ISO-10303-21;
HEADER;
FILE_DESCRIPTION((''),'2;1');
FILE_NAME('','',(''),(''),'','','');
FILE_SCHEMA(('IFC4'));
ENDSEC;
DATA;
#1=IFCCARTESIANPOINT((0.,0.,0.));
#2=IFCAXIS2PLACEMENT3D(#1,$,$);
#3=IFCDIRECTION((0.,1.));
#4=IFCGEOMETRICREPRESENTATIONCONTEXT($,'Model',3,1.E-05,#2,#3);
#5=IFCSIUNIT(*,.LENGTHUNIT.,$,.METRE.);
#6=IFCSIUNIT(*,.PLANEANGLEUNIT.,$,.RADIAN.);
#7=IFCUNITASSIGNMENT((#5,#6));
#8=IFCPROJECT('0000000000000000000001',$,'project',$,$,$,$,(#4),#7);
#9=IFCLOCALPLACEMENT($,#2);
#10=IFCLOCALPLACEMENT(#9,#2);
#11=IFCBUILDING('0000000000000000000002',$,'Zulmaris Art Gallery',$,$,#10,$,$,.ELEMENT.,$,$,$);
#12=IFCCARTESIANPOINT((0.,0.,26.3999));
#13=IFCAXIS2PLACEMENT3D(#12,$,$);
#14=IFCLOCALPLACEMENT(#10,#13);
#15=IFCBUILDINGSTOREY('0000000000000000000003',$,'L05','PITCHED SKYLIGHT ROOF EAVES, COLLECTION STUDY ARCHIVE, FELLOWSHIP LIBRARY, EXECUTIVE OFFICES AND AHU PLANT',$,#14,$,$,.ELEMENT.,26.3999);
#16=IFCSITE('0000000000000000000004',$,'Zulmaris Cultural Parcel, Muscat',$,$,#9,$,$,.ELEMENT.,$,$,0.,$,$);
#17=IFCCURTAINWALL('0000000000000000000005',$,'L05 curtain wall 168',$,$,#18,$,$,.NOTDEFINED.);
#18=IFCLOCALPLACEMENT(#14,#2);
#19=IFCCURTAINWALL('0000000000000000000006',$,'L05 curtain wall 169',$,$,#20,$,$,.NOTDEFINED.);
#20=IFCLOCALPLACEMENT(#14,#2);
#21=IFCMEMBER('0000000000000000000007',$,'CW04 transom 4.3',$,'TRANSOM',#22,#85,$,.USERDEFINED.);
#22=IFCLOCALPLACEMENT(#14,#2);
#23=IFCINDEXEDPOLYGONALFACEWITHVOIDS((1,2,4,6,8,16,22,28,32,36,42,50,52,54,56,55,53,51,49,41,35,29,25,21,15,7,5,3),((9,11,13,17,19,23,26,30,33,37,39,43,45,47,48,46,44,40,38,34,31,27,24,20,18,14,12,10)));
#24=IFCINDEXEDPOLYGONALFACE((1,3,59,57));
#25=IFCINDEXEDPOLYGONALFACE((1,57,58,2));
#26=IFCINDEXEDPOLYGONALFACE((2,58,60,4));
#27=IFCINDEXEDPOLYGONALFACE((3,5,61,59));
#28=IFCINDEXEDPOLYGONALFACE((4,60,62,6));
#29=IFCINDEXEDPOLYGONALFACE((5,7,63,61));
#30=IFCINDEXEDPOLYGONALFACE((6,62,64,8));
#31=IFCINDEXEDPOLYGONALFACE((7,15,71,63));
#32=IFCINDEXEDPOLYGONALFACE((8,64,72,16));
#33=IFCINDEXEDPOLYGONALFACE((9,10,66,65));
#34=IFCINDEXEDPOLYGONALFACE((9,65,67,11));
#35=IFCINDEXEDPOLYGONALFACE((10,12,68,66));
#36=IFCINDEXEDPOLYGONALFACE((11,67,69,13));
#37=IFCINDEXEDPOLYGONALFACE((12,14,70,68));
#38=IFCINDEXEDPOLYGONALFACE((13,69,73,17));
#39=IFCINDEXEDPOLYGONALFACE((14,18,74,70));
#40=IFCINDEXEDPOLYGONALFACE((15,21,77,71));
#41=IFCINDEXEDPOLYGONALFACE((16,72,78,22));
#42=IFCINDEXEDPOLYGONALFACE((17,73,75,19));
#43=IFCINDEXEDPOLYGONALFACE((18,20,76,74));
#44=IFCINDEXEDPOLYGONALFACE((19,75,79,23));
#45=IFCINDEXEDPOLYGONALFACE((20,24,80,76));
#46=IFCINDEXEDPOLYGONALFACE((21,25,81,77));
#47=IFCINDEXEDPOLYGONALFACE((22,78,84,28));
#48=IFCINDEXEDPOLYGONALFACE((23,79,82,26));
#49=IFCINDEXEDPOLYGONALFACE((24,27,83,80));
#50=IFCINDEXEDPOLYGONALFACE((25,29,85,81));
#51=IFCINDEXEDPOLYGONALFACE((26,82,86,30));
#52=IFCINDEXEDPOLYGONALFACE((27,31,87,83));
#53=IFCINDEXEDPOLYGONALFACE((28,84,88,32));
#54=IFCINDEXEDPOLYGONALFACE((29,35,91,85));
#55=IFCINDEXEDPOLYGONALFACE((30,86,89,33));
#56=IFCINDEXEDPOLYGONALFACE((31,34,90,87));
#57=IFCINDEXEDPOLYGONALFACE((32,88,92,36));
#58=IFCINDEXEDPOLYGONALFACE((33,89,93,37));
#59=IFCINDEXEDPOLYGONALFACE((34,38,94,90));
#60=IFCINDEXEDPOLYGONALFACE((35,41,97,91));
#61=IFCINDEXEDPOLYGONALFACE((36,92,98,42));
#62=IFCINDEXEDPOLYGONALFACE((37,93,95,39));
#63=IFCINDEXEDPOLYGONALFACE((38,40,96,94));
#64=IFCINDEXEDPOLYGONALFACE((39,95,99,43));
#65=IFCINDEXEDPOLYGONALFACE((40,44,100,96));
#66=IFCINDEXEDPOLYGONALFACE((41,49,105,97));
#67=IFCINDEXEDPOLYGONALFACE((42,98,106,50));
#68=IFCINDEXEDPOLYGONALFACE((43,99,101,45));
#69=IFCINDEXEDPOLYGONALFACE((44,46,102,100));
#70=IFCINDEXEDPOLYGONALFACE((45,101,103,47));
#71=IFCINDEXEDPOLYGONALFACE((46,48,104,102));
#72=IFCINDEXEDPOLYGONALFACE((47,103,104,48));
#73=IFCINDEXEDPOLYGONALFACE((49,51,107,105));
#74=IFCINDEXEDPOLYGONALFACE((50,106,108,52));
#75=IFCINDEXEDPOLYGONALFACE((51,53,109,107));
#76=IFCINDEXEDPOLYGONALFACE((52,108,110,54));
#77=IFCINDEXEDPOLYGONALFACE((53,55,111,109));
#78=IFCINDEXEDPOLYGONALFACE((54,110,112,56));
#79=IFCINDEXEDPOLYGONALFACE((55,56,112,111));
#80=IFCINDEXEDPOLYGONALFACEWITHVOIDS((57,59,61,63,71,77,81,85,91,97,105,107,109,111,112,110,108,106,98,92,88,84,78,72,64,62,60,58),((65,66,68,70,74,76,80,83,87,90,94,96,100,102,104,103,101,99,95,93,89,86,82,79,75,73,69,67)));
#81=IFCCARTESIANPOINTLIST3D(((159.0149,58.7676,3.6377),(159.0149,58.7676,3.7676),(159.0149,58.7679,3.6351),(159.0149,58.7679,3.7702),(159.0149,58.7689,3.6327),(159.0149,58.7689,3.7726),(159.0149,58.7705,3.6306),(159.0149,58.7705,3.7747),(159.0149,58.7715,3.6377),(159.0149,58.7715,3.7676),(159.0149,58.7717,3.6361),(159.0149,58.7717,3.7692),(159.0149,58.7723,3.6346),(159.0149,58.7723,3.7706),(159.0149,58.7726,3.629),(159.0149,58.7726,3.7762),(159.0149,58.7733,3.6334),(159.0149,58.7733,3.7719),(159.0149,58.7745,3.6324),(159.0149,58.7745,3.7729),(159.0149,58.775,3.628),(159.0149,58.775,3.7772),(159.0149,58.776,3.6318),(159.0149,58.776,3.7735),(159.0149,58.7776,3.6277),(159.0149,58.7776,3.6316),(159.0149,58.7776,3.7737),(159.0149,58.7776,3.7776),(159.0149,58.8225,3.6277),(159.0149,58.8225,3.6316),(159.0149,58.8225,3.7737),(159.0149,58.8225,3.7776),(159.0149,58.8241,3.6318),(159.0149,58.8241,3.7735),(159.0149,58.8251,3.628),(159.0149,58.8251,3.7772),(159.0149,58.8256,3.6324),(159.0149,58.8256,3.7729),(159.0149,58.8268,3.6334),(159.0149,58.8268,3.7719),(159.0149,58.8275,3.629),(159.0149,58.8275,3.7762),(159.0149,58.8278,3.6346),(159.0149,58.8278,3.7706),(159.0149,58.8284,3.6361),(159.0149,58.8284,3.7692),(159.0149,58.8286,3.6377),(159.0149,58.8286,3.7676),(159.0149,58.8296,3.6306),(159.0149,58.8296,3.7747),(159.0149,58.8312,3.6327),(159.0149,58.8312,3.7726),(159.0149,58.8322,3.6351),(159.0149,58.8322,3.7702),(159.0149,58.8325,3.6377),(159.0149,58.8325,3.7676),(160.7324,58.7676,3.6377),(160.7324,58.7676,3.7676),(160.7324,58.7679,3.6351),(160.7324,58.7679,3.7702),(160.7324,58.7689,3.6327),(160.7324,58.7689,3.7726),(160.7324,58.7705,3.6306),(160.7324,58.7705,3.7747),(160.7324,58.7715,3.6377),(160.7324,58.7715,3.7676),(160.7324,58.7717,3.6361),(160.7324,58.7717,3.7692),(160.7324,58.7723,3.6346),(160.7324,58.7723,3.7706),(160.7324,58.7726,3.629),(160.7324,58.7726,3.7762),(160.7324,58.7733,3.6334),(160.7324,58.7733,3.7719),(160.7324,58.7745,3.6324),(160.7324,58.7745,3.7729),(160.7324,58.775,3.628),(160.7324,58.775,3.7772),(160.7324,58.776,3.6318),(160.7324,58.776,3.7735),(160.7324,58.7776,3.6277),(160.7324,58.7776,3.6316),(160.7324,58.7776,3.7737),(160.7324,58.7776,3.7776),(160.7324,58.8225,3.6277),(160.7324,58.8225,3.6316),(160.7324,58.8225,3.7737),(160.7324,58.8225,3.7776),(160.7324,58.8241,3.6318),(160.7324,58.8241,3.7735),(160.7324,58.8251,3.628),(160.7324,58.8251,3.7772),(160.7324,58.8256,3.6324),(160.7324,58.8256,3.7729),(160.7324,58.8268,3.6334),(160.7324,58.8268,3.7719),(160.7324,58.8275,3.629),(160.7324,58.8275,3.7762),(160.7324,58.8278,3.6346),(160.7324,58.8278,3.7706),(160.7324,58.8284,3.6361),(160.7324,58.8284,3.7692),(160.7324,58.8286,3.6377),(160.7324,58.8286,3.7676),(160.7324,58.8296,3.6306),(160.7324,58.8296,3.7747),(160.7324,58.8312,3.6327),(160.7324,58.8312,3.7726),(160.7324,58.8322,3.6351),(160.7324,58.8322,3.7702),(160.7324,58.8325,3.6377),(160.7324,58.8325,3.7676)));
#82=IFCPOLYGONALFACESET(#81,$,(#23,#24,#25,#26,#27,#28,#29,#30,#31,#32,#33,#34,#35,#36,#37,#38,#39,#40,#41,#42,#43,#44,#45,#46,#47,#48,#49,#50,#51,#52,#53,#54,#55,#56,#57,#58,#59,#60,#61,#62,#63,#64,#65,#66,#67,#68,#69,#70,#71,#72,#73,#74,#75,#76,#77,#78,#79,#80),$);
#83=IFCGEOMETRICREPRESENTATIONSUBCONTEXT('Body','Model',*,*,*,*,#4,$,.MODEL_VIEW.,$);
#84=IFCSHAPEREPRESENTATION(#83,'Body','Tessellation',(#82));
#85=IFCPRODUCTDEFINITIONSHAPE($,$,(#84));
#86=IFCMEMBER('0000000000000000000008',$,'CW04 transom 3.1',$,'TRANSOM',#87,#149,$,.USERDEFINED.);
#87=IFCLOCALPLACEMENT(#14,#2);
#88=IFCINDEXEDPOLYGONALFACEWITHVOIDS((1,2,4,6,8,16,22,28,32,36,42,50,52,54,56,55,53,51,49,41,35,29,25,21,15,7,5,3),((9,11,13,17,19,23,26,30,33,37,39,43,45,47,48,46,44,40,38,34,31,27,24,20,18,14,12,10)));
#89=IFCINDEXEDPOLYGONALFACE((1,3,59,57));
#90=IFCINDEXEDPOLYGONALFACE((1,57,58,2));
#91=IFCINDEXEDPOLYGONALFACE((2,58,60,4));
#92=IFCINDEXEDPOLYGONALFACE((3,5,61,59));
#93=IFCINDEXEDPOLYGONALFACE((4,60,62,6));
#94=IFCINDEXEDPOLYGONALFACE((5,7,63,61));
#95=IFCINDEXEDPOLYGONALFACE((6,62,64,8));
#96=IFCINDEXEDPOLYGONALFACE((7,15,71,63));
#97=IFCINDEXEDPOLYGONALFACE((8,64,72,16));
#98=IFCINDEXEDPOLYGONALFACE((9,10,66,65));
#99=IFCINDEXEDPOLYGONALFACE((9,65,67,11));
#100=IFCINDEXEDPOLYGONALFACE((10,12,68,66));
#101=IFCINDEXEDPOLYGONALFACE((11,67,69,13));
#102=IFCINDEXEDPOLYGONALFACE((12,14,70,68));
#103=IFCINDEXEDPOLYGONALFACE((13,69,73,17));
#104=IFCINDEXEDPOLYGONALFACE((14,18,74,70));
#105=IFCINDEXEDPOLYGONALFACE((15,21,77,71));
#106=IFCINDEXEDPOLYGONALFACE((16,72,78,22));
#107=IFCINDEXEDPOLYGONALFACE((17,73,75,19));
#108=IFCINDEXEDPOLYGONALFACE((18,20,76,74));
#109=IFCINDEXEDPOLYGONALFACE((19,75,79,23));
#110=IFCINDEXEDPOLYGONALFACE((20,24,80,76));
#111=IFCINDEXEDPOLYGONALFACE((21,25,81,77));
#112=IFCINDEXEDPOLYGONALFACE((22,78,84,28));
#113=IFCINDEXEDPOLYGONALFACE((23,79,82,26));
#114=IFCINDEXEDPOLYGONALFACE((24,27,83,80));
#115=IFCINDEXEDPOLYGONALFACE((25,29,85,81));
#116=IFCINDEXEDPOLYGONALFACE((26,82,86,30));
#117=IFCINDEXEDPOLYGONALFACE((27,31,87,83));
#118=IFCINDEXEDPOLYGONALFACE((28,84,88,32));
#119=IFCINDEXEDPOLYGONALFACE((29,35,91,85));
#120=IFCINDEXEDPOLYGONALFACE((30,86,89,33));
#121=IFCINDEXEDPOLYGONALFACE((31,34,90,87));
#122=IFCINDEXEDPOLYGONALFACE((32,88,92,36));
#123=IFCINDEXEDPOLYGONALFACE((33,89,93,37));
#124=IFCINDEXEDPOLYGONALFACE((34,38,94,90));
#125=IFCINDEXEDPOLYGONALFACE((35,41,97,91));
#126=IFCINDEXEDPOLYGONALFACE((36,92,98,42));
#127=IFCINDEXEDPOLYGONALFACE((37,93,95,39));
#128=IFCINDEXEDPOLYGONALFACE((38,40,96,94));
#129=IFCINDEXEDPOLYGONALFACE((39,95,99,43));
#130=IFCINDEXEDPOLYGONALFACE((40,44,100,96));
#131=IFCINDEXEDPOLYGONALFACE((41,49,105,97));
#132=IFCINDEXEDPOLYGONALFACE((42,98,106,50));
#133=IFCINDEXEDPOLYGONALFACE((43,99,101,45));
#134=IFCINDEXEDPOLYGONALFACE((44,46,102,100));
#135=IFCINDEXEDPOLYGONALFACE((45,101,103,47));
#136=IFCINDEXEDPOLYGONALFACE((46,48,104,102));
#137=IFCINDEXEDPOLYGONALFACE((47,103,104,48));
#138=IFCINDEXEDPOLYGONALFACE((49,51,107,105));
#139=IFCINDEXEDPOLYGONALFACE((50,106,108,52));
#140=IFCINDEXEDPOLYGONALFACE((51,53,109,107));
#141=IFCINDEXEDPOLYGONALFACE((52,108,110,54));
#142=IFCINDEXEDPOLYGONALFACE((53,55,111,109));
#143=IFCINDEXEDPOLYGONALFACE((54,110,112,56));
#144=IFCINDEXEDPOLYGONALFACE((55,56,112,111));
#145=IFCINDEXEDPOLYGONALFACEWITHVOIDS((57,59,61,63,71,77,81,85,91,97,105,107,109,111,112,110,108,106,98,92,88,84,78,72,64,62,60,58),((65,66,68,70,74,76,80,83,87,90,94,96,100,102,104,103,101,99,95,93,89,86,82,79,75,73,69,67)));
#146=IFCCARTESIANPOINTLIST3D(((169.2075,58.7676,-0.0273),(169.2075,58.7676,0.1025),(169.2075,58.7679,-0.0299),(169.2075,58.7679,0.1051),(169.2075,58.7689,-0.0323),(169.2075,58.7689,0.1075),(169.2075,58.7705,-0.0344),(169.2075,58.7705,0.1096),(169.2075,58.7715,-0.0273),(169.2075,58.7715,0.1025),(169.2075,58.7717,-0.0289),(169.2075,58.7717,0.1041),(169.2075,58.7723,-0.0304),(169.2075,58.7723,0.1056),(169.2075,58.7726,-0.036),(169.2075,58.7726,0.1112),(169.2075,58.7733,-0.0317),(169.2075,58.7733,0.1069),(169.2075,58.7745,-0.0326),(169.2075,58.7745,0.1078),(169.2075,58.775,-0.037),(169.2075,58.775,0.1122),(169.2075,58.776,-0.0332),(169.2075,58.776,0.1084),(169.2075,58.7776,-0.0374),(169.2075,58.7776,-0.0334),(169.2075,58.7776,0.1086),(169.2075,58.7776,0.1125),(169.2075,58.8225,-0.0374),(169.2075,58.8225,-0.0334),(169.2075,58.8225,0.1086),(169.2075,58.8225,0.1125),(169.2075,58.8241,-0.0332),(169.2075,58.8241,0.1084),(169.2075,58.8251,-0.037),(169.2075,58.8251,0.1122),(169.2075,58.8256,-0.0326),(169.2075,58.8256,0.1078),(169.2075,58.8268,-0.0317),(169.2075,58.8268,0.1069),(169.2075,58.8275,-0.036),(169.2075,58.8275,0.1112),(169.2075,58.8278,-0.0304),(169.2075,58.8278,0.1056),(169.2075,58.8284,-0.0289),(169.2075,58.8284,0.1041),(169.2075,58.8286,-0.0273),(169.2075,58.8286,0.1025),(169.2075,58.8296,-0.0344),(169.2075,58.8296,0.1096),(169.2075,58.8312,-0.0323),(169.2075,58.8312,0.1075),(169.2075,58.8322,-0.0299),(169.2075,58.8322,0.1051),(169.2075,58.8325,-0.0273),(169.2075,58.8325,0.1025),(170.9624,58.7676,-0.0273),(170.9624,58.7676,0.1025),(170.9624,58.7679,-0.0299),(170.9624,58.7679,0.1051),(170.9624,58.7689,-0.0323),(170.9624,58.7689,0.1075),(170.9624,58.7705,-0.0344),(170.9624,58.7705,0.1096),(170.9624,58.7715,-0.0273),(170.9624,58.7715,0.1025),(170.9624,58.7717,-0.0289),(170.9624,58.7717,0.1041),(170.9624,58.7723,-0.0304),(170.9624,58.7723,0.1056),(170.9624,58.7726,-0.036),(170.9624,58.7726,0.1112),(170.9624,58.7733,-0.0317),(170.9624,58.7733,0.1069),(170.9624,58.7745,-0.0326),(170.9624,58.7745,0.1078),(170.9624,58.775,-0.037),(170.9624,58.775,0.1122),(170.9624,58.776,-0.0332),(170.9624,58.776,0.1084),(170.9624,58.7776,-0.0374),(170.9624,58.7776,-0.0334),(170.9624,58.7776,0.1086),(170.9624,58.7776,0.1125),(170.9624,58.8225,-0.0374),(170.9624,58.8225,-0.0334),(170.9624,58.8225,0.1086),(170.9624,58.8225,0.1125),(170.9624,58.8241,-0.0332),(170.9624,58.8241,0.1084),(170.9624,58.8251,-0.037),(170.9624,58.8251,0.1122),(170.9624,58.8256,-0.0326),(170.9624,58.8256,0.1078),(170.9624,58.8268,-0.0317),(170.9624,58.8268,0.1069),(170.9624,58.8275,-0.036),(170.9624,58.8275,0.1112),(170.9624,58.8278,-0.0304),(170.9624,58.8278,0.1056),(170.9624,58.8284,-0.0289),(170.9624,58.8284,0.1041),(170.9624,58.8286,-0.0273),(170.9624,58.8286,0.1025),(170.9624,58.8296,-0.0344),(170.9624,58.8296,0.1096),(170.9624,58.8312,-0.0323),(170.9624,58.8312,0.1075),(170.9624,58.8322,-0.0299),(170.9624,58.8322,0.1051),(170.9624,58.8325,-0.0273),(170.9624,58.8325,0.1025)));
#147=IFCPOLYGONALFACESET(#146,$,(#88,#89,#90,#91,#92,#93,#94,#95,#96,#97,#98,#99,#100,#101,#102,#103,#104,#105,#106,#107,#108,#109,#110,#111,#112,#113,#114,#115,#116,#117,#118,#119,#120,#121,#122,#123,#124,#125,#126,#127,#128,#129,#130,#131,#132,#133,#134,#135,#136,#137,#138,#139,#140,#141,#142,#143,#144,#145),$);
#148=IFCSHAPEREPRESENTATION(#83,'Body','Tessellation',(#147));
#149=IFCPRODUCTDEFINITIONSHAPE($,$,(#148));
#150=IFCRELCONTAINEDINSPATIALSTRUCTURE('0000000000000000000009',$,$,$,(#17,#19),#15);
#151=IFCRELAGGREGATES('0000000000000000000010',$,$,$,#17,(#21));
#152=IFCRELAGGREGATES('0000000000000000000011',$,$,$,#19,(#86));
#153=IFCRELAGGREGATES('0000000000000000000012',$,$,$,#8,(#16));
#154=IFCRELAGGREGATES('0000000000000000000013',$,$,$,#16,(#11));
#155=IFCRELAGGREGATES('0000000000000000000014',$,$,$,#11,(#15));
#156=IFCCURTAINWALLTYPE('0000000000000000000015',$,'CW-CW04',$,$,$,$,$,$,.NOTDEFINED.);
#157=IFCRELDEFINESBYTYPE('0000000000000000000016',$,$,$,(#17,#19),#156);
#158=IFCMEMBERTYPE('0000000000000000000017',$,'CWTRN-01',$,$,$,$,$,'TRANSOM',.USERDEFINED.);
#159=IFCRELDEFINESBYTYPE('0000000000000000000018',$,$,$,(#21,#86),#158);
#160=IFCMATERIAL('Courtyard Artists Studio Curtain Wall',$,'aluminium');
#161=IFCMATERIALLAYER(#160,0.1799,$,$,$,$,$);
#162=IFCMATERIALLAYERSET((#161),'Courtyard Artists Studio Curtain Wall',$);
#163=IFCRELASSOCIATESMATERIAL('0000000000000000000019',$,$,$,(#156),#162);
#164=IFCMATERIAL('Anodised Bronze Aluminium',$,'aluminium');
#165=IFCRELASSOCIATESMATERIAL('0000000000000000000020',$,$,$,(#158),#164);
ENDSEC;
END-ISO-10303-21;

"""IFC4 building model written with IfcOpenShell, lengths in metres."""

from ifc_helpers import new_model, si_unit, direction, frame, origin, origin_2d, place, context, subcontext, project, spatial, hollow_rectangle, extrude, material, layer, layer_set, material_profile, profile_set, type_object, element, aggregate, save


model = new_model("IFC4")

# Units and contexts
model_context = context("Model", 3, precision=1e-05, world=origin(), true_north=direction((0.0, 1.0)))
body_context = subcontext(model_context, "Body", "Model", "MODEL_VIEW")
ifc_project = project(units=[si_unit("LENGTHUNIT", "METRE"), si_unit("PLANEANGLEUNIT", "RADIAN")], contexts=[model_context])

# Site, building, storey
site_placement = place(None, origin())
site = spatial("IfcSite", under=ifc_project, at=site_placement, Name="Zulmaris Cultural Parcel, Muscat", CompositionType="ELEMENT", RefElevation=0.0)
building_placement = place(site_placement, origin())
building = spatial("IfcBuilding", under=site, at=building_placement, Name="Zulmaris Art Gallery", CompositionType="ELEMENT")
storey_placement = place(building_placement, frame((0.0, 0.0, 26.3999)))
storey = spatial("IfcBuildingStorey", under=building, at=storey_placement, Name="L05", Description="PITCHED SKYLIGHT ROOF EAVES, COLLECTION STUDY ARCHIVE, FELLOWSHIP LIBRARY, EXECUTIVE OFFICES AND AHU PLANT", CompositionType="ELEMENT", Elevation=26.3999)

# Curtain walls
ifc_material_1 = material(Name="Courtyard Artists Studio Curtain Wall", Category="aluminium")
ifc_layer_1 = layer(ifc_material_1, 0.1799)
ifc_layer_set_1 = layer_set([ifc_layer_1], Name="Courtyard Artists Studio Curtain Wall")
curtain_wall_type = type_object("IfcCurtainWallType", Name="CW-CW04", PredefinedType="NOTDEFINED", material=ifc_layer_set_1)
curtain_wall_1_placement = place(storey_placement, origin())
curtain_wall_1 = element("IfcCurtainWall", 1, at=curtain_wall_1_placement, inside=storey, type_object=curtain_wall_type, Name="L05 curtain wall 168", PredefinedType="NOTDEFINED")
ifc_material_2 = material(Name="Anodised Bronze Aluminium", Category="aluminium")
curtain_wall_2_placement = place(storey_placement, origin())
curtain_wall_2 = element("IfcCurtainWall", 2, at=curtain_wall_2_placement, inside=storey, type_object=curtain_wall_type, Name="L05 curtain wall 169", PredefinedType="NOTDEFINED")

# Members
ifc_material_profile_1 = material_profile(ifc_material_2, hollow_rectangle(XDim=0.0649, YDim=0.1499, WallThickness=0.0039, InnerFilletRadius=0.0061, OuterFilletRadius=0.01, at=origin_2d()), Name="ALU 65x150x4")
ifc_profile_set_1 = profile_set([ifc_material_profile_1], Name="Anodised Bronze Aluminium")
member_type_1 = type_object("IfcMemberType", Name="CWTRN-01", ElementType="TRANSOM", PredefinedType="USERDEFINED", material=ifc_profile_set_1)
member_1_placement = place(storey_placement, frame((160.7324, 58.8, 3.7026), z_axis=(-1.0, 0.0, 0.0), x_axis=(0.0, -1.0, 0.0)))
member_1 = element("IfcMember", 3, at=member_1_placement, type_object=member_type_1, Name="CW04 transom 4.3", ObjectType="TRANSOM", PredefinedType="USERDEFINED", context=body_context, shape_type="SweptSolid", body=[
    extrude(hollow_rectangle(XDim=0.0649, YDim=0.1499, WallThickness=0.0039, InnerFilletRadius=0.0061, OuterFilletRadius=0.01, at=origin_2d()), origin(), (0.0, 0.0, 1.0), 1.7175),
])
member_2_placement = place(storey_placement, frame((170.9624, 58.8, 0.0376), z_axis=(-1.0, 0.0, 0.0), x_axis=(0.0, -1.0, 0.0)))
member_2 = element("IfcMember", 4, at=member_2_placement, type_object=member_type_1, Name="CW04 transom 3.1", ObjectType="TRANSOM", PredefinedType="USERDEFINED", context=body_context, shape_type="SweptSolid", body=[
    extrude(hollow_rectangle(XDim=0.0649, YDim=0.1499, WallThickness=0.0039, InnerFilletRadius=0.0061, OuterFilletRadius=0.01, at=origin_2d()), origin(), (0.0, 0.0, 1.0), 1.7549),
])

aggregate(curtain_wall_1, [member_1])
aggregate(curtain_wall_2, [member_2])

save(model, "model.ifc")
